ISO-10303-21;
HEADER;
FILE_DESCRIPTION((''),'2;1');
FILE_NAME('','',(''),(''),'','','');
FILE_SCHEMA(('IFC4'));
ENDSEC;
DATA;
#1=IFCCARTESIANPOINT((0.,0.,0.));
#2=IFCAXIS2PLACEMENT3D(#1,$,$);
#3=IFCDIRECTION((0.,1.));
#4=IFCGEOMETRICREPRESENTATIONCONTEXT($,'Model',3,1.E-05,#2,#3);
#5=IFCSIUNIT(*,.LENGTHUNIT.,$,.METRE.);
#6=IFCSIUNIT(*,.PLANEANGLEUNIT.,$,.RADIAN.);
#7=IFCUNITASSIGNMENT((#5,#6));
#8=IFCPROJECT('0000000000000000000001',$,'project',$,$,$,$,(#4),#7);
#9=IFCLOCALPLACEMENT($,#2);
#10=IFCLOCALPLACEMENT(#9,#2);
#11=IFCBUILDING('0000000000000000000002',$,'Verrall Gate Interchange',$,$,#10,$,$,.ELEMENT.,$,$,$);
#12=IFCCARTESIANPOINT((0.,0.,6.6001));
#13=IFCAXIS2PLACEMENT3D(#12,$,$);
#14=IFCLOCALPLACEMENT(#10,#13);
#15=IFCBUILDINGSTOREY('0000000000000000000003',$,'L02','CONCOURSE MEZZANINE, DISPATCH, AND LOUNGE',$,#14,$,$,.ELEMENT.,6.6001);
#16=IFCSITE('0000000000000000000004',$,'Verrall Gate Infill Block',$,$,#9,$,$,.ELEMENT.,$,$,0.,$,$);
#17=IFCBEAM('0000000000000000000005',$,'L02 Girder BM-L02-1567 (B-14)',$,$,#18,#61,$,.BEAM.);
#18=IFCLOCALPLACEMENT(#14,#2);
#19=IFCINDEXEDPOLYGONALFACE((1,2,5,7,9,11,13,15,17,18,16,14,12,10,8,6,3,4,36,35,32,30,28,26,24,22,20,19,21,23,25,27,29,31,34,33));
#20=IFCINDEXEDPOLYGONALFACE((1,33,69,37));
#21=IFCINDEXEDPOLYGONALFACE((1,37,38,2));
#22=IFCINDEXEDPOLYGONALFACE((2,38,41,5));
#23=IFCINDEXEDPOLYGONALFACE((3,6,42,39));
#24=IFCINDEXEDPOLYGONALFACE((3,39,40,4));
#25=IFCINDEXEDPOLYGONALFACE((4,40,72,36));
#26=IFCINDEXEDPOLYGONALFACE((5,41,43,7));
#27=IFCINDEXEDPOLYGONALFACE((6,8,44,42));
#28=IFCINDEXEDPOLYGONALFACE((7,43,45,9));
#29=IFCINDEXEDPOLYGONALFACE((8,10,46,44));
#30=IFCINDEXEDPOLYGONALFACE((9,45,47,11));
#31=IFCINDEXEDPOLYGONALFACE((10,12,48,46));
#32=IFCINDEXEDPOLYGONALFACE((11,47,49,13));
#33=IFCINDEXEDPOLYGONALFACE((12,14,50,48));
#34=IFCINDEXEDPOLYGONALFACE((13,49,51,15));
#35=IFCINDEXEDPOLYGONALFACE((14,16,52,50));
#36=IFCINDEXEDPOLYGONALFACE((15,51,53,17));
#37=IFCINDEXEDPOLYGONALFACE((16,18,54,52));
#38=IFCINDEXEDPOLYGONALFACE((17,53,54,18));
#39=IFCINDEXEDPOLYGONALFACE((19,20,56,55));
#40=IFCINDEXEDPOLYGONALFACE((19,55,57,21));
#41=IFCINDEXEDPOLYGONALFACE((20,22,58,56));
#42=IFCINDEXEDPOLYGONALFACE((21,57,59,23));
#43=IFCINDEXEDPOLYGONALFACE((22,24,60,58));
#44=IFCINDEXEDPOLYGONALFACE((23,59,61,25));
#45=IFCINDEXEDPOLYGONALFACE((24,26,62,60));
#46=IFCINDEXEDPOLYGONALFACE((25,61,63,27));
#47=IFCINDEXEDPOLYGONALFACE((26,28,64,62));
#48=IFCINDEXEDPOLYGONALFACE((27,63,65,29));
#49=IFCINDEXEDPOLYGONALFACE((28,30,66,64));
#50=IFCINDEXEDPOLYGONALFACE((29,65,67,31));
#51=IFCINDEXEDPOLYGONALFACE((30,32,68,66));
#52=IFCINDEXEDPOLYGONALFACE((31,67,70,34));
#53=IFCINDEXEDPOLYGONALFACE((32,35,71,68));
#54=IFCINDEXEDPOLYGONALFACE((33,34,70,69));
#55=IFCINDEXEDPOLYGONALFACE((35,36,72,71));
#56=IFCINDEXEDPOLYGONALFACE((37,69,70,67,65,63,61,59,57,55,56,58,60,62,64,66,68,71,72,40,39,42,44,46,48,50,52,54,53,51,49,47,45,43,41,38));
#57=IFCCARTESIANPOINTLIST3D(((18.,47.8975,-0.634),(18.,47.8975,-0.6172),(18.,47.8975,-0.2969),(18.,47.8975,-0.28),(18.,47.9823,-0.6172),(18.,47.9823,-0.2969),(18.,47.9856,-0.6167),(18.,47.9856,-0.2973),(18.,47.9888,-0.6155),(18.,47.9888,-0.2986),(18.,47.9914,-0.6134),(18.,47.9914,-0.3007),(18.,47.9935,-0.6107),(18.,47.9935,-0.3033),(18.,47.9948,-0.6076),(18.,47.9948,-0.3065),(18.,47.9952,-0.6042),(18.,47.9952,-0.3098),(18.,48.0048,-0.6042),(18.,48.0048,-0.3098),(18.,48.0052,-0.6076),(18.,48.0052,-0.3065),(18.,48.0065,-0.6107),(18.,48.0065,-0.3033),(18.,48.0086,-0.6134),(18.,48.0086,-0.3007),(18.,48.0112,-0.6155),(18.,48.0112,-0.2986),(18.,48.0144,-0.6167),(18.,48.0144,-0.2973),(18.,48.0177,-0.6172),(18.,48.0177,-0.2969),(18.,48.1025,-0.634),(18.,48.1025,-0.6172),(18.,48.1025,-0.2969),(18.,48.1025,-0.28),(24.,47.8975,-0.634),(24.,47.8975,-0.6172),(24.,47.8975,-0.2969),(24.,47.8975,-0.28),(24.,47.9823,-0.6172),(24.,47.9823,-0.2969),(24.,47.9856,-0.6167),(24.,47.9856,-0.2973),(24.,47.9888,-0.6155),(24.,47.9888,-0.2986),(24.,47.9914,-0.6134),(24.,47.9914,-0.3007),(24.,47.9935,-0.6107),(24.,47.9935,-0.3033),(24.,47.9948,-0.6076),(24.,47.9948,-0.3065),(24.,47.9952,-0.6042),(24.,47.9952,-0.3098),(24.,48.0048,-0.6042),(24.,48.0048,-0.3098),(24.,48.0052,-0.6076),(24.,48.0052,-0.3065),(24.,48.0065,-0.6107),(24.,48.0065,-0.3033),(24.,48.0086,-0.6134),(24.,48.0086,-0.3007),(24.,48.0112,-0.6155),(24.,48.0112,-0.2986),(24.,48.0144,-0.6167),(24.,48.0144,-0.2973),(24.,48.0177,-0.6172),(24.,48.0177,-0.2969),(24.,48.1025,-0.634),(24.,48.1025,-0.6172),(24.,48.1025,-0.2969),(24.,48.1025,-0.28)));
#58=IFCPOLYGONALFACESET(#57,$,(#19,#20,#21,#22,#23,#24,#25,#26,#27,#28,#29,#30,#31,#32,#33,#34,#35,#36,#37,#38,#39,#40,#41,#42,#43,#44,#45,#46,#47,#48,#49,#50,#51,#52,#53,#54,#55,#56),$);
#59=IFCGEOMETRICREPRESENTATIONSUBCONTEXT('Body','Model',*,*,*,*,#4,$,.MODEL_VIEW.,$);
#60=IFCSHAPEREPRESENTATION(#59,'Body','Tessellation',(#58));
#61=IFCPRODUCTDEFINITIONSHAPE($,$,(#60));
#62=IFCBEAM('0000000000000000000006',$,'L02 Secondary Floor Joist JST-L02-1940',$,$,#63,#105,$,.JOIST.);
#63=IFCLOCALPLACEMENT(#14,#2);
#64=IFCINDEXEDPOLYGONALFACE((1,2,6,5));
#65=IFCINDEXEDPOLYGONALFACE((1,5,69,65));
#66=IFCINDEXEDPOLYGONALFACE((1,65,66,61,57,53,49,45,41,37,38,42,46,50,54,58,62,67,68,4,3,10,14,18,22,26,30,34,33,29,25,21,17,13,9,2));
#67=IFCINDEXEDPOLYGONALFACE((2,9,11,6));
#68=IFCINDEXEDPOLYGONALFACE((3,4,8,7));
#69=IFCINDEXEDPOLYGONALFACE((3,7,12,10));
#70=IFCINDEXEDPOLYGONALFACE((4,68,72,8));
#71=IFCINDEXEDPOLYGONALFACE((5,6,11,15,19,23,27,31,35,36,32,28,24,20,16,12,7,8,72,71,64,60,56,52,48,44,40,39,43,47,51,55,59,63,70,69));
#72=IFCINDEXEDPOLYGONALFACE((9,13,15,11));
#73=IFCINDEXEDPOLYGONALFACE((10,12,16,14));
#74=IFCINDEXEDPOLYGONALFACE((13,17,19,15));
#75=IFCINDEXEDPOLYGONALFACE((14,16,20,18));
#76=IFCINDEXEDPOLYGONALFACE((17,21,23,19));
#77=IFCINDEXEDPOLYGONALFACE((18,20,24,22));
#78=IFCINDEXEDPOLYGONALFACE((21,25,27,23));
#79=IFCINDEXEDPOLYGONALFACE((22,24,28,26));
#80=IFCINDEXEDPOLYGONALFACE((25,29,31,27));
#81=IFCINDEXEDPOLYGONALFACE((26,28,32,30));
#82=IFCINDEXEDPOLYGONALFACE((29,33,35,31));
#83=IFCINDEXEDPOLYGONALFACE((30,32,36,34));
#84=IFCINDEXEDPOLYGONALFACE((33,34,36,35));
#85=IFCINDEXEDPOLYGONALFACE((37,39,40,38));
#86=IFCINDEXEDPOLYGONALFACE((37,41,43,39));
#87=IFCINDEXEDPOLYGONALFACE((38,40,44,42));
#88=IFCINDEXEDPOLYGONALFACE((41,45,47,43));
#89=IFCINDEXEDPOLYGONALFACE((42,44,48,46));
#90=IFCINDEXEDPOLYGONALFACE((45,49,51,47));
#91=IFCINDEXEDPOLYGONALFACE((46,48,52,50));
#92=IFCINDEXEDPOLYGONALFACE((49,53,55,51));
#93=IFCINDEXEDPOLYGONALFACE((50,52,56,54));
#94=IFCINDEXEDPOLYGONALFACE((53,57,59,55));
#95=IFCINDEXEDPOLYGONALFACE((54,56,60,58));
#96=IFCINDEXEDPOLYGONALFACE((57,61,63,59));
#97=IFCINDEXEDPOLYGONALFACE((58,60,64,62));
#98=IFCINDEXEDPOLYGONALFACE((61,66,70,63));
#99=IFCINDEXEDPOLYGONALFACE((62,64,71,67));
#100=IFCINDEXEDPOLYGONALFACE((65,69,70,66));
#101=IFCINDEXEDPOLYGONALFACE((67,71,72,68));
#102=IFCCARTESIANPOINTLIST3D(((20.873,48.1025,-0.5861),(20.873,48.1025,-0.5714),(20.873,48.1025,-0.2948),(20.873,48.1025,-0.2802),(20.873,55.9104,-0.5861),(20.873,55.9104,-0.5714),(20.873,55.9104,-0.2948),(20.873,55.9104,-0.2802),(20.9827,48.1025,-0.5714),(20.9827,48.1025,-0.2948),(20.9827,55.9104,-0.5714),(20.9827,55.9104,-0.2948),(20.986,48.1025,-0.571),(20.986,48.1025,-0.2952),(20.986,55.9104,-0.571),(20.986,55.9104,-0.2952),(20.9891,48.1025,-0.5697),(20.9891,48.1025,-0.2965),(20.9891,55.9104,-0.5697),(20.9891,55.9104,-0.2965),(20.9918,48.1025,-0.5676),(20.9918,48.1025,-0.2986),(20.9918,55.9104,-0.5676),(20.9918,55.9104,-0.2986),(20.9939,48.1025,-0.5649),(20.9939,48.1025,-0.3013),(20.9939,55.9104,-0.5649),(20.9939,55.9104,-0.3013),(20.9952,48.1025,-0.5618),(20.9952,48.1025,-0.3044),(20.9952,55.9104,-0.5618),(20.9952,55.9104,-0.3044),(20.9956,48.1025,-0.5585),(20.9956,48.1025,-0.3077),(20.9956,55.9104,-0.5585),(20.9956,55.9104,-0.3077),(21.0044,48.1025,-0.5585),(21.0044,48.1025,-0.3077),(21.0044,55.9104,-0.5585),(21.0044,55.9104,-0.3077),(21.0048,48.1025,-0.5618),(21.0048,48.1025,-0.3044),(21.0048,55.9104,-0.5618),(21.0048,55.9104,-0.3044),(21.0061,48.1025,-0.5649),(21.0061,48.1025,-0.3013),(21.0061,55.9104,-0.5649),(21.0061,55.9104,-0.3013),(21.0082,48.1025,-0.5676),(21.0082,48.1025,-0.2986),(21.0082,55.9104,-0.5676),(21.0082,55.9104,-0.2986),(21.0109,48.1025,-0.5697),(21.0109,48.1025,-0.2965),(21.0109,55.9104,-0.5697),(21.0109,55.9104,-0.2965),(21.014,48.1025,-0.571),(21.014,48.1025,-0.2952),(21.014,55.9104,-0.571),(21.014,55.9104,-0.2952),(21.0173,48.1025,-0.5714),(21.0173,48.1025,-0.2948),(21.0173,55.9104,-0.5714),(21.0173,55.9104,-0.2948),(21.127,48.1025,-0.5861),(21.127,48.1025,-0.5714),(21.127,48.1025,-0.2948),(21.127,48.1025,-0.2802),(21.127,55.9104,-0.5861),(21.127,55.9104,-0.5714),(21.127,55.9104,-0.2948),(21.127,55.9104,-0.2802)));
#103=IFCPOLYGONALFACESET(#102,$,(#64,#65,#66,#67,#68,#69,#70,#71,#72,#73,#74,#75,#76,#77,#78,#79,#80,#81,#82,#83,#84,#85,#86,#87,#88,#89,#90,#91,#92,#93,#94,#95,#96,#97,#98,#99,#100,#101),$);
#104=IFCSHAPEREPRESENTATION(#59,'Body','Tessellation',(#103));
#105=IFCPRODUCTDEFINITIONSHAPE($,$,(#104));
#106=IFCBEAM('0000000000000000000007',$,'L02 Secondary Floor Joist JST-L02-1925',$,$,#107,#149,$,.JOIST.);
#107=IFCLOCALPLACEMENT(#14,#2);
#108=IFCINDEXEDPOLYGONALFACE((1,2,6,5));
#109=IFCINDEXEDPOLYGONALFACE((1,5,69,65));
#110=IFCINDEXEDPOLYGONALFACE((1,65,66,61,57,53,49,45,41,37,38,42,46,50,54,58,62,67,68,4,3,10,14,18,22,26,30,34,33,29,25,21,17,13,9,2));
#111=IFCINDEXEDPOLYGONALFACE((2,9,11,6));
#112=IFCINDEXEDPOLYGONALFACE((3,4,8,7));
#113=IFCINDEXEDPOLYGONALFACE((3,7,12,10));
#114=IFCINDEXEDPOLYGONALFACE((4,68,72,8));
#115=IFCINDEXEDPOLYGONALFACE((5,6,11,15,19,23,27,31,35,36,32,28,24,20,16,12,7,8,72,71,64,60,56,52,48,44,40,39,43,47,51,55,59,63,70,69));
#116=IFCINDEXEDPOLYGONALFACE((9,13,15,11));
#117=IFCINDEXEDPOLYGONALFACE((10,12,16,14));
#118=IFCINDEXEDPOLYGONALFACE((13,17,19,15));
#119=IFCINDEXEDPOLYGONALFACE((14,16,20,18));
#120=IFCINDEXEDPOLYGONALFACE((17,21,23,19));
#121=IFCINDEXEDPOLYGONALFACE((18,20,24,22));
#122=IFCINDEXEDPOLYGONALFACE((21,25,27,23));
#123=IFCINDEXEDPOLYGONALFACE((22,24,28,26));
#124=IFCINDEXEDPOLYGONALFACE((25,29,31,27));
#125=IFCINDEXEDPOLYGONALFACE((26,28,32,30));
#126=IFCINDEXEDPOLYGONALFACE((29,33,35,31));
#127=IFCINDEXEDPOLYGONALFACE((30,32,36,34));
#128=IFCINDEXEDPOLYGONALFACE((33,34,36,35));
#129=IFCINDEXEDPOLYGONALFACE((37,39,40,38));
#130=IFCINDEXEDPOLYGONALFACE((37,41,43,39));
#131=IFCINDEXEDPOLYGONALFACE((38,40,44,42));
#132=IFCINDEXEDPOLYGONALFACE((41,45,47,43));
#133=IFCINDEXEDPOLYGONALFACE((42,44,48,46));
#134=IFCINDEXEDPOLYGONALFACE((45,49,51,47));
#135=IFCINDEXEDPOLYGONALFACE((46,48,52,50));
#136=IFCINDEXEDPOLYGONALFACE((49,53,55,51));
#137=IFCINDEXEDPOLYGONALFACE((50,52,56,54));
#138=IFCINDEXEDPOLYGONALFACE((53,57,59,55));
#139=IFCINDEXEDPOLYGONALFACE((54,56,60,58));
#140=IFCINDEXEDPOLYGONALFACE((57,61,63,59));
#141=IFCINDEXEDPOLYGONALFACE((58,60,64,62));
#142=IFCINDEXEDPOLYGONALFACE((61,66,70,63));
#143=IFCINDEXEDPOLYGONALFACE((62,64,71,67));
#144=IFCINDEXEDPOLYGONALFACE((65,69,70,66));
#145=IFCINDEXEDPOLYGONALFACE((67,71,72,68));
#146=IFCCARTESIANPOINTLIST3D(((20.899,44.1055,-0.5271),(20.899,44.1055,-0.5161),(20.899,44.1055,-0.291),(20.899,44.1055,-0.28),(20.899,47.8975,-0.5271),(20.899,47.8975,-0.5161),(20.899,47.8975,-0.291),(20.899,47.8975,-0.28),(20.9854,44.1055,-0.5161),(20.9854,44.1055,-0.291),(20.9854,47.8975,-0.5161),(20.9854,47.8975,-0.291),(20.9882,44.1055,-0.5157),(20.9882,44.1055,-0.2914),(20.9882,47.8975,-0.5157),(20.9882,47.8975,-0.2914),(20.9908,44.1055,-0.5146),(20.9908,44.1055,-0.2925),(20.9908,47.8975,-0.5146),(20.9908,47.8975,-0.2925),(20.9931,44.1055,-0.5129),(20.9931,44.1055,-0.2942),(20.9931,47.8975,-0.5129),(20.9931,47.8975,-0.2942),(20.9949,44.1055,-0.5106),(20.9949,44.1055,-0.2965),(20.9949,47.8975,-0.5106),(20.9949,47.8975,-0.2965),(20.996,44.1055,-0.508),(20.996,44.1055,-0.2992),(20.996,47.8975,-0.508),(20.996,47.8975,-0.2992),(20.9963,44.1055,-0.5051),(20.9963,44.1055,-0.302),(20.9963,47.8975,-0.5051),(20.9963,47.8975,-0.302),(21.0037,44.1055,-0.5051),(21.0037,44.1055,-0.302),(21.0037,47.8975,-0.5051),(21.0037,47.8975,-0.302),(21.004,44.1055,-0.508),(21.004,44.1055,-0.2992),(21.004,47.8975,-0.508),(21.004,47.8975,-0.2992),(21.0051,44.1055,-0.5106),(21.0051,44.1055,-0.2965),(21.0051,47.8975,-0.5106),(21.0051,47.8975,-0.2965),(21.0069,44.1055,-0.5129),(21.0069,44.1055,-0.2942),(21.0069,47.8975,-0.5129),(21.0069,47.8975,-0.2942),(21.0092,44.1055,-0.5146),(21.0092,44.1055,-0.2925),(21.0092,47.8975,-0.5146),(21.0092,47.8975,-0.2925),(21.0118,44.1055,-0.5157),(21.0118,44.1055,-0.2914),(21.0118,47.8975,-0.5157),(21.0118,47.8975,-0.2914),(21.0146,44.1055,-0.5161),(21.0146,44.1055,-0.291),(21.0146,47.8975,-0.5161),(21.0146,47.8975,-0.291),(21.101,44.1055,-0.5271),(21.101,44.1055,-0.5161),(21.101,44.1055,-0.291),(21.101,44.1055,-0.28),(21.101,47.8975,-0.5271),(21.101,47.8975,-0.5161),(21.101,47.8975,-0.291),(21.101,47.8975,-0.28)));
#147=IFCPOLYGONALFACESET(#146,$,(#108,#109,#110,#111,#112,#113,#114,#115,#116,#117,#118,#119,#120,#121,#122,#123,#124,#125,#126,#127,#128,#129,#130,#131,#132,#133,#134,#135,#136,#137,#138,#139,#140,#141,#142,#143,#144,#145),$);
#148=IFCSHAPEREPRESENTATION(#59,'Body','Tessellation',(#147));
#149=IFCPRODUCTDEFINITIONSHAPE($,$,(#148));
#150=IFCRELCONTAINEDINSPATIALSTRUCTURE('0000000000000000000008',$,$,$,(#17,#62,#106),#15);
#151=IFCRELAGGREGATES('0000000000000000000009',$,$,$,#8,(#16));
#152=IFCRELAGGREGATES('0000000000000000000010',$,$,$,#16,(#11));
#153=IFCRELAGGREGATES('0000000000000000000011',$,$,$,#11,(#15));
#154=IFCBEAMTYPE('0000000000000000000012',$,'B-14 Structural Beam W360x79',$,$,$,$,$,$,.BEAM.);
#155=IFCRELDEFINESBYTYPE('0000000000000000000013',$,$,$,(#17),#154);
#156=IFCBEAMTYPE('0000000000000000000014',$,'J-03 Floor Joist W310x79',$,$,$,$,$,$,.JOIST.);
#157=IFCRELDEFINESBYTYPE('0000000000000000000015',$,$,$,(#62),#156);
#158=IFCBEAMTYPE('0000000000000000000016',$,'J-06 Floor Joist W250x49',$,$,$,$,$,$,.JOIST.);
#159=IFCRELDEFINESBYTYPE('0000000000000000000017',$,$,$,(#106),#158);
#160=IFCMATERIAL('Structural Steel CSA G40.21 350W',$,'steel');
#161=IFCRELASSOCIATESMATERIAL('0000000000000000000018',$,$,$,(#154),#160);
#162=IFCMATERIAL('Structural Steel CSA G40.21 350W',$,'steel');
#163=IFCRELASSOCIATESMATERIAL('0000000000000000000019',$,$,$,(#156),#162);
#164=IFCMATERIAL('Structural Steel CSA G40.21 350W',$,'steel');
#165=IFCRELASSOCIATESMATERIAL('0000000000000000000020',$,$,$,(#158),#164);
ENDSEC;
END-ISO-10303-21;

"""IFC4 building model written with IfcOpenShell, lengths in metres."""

from ifc_helpers import new_model, si_unit, direction, frame, origin, origin_2d, place, context, subcontext, project, spatial, i_section, extrude, material, material_profile, profile_set, type_object, element, save


model = new_model("IFC4")

# Units and contexts
model_context = context("Model", 3, precision=1e-05, world=origin(), true_north=direction((0.0, 1.0)))
body_context = subcontext(model_context, "Body", "Model", "MODEL_VIEW")
ifc_project = project(units=[si_unit("LENGTHUNIT", "METRE"), si_unit("PLANEANGLEUNIT", "RADIAN")], contexts=[model_context])

# Site, building, storey
site_placement = place(None, origin())
site = spatial("IfcSite", under=ifc_project, at=site_placement, Name="Verrall Gate Infill Block", CompositionType="ELEMENT", RefElevation=0.0)
building_placement = place(site_placement, origin())
building = spatial("IfcBuilding", under=site, at=building_placement, Name="Verrall Gate Interchange", CompositionType="ELEMENT")
storey_placement = place(building_placement, frame((0.0, 0.0, 6.6001)))
storey = spatial("IfcBuildingStorey", under=building, at=storey_placement, Name="L02", Description="CONCOURSE MEZZANINE, DISPATCH, AND LOUNGE", CompositionType="ELEMENT", Elevation=6.6001)

# Beams
ifc_material_1 = material(Name="Structural Steel CSA G40.21 350W", Category="steel")
ifc_material_profile_1 = material_profile(ifc_material_1, i_section(OverallWidth=0.2051, OverallDepth=0.354, WebThickness=0.0095, FlangeThickness=0.0168, FilletRadius=0.0129, at=origin_2d()), Name="W360x79")
ifc_profile_set_1 = profile_set([ifc_material_profile_1], Name="Structural Steel CSA G40.21 350W")
beam_type_1 = type_object("IfcBeamType", Name="B-14 Structural Beam W360x79", PredefinedType="BEAM", material=ifc_profile_set_1)
beam_1_placement = place(storey_placement, frame((18.0, 48.0, -0.457), z_axis=(1.0, 0.0, 0.0), x_axis=(0.0, 1.0, 0.0)))
element("IfcBeam", 1, at=beam_1_placement, inside=storey, type_object=beam_type_1, Name="L02 Girder BM-L02-1567 (B-14)", PredefinedType="BEAM", context=body_context, shape_type="SweptSolid", body=[
    extrude(i_section(OverallWidth=0.2051, OverallDepth=0.354, WebThickness=0.0095, FlangeThickness=0.0168, FilletRadius=0.0129, at=origin_2d()), origin(), (0.0, 0.0, 1.0), 6.0),
])
ifc_material_2 = material(Name="Structural Steel CSA G40.21 350W", Category="steel")
ifc_material_profile_2 = material_profile(ifc_material_2, i_section(OverallWidth=0.2539, OverallDepth=0.3059, WebThickness=0.0088, FlangeThickness=0.0146, FilletRadius=0.0129, at=origin_2d()), Name="W310x79")
ifc_profile_set_2 = profile_set([ifc_material_profile_2], Name="Structural Steel CSA G40.21 350W")
beam_type_2 = type_object("IfcBeamType", Name="J-03 Floor Joist W310x79", PredefinedType="JOIST", material=ifc_profile_set_2)
beam_2_placement = place(storey_placement, frame((21.0, 48.1025, -0.4331), z_axis=(0.0, 1.0, 0.0), x_axis=(-1.0, 0.0, 0.0)))
element("IfcBeam", 2, at=beam_2_placement, inside=storey, type_object=beam_type_2, Name="L02 Secondary Floor Joist JST-L02-1940", PredefinedType="JOIST", context=body_context, shape_type="SweptSolid", body=[
    extrude(i_section(OverallWidth=0.2539, OverallDepth=0.3059, WebThickness=0.0088, FlangeThickness=0.0146, FilletRadius=0.0129, at=origin_2d()), origin(), (0.0, 0.0, 1.0), 7.8079),
])
ifc_material_3 = material(Name="Structural Steel CSA G40.21 350W", Category="steel")
ifc_material_profile_3 = material_profile(ifc_material_3, i_section(OverallWidth=0.2019, OverallDepth=0.2471, WebThickness=0.0073, FlangeThickness=0.011, FilletRadius=0.011, at=origin_2d()), Name="W250x49")
ifc_profile_set_3 = profile_set([ifc_material_profile_3], Name="Structural Steel CSA G40.21 350W")
beam_type_3 = type_object("IfcBeamType", Name="J-06 Floor Joist W250x49", PredefinedType="JOIST", material=ifc_profile_set_3)
beam_3_placement = place(storey_placement, frame((21.0, 44.1055, -0.4036), z_axis=(0.0, 1.0, 0.0), x_axis=(-1.0, 0.0, 0.0)))
element("IfcBeam", 3, at=beam_3_placement, inside=storey, type_object=beam_type_3, Name="L02 Secondary Floor Joist JST-L02-1925", PredefinedType="JOIST", context=body_context, shape_type="SweptSolid", body=[
    extrude(i_section(OverallWidth=0.2019, OverallDepth=0.2471, WebThickness=0.0073, FlangeThickness=0.011, FilletRadius=0.011, at=origin_2d()), origin(), (0.0, 0.0, 1.0), 3.792),
])

save(model, "model.ifc")
